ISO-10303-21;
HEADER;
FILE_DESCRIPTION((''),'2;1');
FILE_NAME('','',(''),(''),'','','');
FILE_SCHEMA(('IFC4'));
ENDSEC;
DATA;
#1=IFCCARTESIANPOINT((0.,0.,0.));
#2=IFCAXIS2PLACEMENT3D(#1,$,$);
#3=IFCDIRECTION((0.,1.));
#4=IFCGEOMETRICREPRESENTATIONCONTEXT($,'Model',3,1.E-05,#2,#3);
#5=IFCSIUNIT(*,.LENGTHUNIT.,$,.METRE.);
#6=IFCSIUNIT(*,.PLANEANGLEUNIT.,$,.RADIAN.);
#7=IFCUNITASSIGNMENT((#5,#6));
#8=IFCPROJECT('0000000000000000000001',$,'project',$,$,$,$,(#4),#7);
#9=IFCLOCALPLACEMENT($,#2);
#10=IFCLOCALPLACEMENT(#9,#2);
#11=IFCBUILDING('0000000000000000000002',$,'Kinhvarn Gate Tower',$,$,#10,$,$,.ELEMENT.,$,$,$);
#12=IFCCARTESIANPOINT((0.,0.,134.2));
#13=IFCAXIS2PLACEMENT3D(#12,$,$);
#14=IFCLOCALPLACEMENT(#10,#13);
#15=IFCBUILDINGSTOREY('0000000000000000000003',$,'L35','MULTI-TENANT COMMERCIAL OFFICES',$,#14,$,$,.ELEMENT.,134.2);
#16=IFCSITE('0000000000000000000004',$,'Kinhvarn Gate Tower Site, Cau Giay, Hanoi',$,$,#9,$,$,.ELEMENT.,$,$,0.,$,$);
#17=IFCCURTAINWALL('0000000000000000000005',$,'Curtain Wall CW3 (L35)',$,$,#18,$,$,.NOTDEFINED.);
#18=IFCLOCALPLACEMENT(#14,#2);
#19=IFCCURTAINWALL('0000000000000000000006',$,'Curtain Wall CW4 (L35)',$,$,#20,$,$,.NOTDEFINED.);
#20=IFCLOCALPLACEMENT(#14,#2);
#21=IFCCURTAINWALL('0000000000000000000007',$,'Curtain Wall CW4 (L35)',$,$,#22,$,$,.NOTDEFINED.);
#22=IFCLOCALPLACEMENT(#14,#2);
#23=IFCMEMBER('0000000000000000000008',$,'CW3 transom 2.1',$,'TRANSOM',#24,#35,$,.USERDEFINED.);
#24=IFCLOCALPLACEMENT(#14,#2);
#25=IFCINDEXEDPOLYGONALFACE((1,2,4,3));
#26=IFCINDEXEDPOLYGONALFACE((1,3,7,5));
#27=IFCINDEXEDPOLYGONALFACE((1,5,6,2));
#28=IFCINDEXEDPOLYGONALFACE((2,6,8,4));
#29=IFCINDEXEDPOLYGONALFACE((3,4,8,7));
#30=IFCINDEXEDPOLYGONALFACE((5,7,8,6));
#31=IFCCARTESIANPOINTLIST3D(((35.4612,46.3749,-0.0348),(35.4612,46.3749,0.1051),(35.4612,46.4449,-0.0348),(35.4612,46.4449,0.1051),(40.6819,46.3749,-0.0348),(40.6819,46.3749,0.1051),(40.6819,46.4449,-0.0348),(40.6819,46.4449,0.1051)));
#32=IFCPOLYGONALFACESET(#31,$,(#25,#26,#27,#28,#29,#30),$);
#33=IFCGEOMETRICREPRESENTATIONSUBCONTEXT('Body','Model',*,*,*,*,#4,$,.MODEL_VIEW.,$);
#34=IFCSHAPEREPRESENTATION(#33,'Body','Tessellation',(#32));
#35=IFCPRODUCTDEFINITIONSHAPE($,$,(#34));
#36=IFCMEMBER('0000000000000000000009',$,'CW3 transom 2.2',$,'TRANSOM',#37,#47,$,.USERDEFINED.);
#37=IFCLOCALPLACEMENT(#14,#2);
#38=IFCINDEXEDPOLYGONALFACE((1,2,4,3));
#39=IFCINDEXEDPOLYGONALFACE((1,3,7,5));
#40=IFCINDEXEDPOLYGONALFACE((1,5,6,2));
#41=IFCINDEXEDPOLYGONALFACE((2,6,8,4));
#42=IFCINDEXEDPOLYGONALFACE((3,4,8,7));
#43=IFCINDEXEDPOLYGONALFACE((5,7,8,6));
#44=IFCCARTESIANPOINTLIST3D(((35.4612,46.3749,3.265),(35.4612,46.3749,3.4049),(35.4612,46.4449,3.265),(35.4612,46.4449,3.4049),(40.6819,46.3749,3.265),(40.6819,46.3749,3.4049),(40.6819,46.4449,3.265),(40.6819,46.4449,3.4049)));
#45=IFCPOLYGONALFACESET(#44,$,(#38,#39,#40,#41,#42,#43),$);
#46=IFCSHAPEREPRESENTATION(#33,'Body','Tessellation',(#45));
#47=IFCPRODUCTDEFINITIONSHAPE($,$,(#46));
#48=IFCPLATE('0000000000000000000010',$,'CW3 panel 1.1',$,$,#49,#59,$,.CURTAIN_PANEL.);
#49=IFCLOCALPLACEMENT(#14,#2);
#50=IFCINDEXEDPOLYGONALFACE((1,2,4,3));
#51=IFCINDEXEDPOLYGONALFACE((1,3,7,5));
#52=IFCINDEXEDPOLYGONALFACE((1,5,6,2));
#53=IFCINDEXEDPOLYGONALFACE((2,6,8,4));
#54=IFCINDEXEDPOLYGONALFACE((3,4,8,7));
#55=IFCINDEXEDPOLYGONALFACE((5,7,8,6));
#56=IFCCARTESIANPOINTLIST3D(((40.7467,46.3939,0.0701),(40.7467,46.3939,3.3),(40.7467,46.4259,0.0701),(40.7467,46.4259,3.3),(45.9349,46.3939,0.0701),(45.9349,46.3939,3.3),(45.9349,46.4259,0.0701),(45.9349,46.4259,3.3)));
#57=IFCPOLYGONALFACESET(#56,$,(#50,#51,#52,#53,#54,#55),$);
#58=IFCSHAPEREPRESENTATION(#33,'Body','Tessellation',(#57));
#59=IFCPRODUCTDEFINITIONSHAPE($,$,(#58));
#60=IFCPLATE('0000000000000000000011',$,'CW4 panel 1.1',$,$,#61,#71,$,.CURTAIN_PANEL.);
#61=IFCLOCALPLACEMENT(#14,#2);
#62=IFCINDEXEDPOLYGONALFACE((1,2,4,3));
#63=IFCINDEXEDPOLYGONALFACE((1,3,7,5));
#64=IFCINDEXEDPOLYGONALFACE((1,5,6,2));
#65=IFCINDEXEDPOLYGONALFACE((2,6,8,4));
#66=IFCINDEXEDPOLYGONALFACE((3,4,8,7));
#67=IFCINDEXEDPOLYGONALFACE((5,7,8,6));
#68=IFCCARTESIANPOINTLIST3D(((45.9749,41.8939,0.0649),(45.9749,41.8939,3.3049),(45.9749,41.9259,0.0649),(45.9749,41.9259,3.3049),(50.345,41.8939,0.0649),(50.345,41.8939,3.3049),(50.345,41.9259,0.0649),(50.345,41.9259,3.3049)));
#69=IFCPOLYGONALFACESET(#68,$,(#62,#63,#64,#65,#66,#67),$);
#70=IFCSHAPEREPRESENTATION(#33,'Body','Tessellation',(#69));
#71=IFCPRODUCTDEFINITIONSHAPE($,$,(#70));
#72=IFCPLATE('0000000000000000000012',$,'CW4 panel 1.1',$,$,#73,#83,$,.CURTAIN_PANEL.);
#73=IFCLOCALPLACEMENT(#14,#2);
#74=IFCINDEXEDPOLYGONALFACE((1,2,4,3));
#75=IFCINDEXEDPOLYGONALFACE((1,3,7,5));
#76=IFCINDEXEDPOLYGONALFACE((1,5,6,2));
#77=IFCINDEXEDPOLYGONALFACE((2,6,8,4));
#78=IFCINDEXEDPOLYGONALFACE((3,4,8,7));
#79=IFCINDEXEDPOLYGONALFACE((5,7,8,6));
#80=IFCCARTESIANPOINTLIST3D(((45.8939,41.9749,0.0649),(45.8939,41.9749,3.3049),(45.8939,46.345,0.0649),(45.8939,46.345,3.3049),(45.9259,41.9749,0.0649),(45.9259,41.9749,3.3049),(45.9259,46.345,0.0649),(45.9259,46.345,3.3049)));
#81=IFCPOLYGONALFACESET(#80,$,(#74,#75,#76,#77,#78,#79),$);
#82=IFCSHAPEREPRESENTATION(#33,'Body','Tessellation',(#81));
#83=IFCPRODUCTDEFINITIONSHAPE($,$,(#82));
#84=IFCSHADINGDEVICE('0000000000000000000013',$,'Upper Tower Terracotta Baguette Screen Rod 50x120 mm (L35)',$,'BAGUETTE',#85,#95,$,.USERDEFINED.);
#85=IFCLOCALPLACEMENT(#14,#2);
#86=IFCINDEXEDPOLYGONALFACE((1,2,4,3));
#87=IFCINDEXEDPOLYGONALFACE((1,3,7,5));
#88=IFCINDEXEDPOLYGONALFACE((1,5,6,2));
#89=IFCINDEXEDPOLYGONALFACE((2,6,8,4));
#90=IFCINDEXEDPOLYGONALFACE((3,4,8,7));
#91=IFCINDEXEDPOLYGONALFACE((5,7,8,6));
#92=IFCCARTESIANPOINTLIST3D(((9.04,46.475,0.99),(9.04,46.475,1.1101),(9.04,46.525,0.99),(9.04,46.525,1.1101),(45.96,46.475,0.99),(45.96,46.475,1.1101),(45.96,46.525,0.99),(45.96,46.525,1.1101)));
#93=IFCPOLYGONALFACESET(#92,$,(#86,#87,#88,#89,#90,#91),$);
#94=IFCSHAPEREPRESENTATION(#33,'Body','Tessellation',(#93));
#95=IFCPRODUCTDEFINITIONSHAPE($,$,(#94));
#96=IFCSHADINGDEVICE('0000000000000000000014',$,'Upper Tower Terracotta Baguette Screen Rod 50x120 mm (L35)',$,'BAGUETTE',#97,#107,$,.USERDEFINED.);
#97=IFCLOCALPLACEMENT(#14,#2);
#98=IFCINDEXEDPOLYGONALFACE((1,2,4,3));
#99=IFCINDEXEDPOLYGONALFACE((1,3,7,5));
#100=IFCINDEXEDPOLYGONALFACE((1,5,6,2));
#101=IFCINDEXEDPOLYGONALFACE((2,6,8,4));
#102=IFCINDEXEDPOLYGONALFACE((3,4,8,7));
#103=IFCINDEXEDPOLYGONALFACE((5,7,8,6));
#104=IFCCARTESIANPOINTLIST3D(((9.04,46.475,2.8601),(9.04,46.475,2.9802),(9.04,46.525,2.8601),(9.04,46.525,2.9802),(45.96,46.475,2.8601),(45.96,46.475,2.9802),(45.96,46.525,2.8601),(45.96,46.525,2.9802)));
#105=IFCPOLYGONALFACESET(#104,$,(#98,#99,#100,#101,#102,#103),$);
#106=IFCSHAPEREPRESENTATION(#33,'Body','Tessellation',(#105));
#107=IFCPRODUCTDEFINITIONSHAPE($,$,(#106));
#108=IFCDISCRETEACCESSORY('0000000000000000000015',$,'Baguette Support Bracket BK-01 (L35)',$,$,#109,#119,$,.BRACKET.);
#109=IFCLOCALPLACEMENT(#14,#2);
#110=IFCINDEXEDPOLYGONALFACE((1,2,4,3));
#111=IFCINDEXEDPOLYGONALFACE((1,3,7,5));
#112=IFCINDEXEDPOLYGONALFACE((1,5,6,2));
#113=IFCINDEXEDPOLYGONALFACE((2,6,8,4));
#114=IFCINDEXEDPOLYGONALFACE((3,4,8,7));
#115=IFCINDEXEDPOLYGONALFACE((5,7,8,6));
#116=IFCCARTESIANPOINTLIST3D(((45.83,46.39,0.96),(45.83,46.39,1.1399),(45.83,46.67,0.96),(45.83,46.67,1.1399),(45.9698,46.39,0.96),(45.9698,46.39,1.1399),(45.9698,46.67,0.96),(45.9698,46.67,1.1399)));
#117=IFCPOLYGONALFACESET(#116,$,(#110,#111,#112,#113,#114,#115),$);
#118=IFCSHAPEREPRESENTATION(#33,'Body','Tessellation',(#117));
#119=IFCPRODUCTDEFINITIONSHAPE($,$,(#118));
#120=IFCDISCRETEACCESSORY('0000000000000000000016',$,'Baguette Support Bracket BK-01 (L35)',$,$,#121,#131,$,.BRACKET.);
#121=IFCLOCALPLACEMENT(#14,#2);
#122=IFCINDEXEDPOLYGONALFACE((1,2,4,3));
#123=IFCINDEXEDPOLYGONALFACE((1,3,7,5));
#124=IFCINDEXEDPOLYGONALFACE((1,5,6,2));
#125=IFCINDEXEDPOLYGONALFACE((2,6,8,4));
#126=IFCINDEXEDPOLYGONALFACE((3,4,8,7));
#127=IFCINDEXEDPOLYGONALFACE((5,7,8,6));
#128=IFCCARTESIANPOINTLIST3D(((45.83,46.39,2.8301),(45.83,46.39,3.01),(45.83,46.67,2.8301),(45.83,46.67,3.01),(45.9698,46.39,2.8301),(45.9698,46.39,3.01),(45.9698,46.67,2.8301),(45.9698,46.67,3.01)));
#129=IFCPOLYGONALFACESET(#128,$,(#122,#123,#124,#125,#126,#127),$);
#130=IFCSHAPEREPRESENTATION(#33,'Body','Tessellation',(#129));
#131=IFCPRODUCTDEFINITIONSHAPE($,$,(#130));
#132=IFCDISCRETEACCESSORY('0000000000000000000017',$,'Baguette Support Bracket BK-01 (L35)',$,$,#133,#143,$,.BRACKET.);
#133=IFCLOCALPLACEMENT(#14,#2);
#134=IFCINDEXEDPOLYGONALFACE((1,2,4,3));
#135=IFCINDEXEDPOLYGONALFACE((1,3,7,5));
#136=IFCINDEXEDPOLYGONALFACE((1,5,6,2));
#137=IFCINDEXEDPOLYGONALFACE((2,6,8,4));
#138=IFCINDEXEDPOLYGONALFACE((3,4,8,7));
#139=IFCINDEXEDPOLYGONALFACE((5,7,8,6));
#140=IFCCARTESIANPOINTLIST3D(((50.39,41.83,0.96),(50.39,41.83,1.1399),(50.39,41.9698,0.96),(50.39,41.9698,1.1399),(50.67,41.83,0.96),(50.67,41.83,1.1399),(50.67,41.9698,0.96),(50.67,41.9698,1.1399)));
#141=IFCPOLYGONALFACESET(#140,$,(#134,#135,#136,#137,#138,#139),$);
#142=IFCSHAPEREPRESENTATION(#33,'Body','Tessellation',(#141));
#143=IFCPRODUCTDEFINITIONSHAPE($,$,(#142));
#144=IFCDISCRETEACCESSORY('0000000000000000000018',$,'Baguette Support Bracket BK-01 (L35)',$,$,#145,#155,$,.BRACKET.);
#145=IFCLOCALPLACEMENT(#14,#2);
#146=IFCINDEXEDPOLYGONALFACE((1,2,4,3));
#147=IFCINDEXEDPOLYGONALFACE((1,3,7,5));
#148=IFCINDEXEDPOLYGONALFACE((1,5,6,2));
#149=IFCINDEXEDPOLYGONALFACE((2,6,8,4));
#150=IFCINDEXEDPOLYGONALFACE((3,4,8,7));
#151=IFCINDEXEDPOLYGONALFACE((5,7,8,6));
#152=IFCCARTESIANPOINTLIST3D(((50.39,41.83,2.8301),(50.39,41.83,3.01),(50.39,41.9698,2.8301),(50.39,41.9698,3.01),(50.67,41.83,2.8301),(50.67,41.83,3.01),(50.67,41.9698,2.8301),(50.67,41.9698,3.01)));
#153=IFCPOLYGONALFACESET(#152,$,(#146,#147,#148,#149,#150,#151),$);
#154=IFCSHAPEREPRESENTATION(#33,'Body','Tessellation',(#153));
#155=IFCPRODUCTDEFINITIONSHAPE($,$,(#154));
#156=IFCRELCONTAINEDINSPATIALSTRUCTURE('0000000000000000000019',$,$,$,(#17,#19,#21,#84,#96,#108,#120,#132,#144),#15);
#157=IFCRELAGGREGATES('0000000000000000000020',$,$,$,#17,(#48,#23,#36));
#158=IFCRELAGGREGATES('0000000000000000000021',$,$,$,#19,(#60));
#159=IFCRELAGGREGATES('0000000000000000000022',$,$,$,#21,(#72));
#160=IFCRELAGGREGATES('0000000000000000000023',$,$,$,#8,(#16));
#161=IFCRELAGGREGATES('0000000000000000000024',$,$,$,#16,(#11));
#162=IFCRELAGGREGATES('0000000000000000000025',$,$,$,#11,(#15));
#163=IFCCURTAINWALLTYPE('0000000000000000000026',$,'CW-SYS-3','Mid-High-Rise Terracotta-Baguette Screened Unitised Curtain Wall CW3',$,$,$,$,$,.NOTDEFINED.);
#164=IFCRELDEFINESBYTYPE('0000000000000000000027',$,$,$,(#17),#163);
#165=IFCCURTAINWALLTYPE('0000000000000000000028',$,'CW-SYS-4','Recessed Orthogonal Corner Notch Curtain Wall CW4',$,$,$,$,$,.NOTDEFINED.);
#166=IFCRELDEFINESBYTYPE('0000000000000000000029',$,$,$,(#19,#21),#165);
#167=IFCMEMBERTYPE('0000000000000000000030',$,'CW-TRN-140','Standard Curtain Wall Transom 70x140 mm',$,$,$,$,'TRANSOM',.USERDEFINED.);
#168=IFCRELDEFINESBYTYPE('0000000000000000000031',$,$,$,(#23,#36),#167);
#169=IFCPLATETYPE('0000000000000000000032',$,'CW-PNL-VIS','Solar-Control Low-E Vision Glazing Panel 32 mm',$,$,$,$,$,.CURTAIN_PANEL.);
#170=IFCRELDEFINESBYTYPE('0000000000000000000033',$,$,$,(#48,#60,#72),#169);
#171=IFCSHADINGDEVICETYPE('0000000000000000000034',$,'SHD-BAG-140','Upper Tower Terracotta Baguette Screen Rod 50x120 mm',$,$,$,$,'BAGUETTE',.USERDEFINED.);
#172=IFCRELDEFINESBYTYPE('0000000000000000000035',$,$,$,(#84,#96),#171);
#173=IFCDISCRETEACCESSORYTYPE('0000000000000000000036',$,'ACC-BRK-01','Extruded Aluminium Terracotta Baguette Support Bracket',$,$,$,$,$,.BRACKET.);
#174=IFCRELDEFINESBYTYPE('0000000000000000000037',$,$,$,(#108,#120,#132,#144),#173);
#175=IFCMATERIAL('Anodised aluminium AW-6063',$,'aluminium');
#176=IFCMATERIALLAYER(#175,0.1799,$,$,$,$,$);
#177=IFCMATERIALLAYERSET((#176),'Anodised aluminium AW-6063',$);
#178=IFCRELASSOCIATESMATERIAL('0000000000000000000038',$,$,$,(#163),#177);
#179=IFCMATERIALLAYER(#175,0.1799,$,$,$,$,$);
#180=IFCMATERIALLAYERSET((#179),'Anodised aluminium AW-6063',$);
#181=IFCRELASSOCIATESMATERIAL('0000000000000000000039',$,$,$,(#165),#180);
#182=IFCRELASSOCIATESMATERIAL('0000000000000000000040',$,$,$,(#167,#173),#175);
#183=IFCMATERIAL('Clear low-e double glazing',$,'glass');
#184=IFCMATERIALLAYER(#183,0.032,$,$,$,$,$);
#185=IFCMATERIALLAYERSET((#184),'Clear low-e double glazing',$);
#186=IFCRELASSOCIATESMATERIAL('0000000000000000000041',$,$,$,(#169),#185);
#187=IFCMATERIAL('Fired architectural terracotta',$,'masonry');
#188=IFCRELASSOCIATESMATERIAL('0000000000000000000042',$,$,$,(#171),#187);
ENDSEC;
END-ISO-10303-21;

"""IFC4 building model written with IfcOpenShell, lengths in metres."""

from ifc_helpers import new_model, si_unit, direction, frame, origin, origin_2d, place, context, subcontext, project, spatial, rectangle, extrude, material, layer, layer_set, material_profile, profile_set, type_object, element, aggregate, save


model = new_model("IFC4")

# Units and contexts
model_context = context("Model", 3, precision=1e-05, world=origin(), true_north=direction((0.0, 1.0)))
body_context = subcontext(model_context, "Body", "Model", "MODEL_VIEW")
ifc_project = project(units=[si_unit("LENGTHUNIT", "METRE"), si_unit("PLANEANGLEUNIT", "RADIAN")], contexts=[model_context])

# Site, building, storey
site_placement = place(None, origin())
site = spatial("IfcSite", under=ifc_project, at=site_placement, Name="Kinhvarn Gate Tower Site, Cau Giay, Hanoi", CompositionType="ELEMENT", RefElevation=0.0)
building_placement = place(site_placement, origin())
building = spatial("IfcBuilding", under=site, at=building_placement, Name="Kinhvarn Gate Tower", CompositionType="ELEMENT")
storey_placement = place(building_placement, frame((0.0, 0.0, 134.2)))
storey = spatial("IfcBuildingStorey", under=building, at=storey_placement, Name="L35", Description="MULTI-TENANT COMMERCIAL OFFICES", CompositionType="ELEMENT", Elevation=134.2)

# Curtain wall
ifc_material_1 = material(Name="Anodised aluminium AW-6063", Category="aluminium")
ifc_layer_1 = layer(ifc_material_1, 0.1799)
ifc_layer_set_1 = layer_set([ifc_layer_1], Name="Anodised aluminium AW-6063")
curtain_wall_type_1 = type_object("IfcCurtainWallType", Name="CW-SYS-3", Description="Mid-High-Rise Terracotta-Baguette Screened Unitised Curtain Wall CW3", PredefinedType="NOTDEFINED", material=ifc_layer_set_1)
curtain_wall_1_placement = place(storey_placement, origin())
curtain_wall_1 = element("IfcCurtainWall", 1, at=curtain_wall_1_placement, inside=storey, type_object=curtain_wall_type_1, Name="Curtain Wall CW3 (L35)", PredefinedType="NOTDEFINED")

# Curtain walls
ifc_layer_2 = layer(ifc_material_1, 0.1799)
ifc_layer_set_2 = layer_set([ifc_layer_2], Name="Anodised aluminium AW-6063")
curtain_wall_type_2 = type_object("IfcCurtainWallType", Name="CW-SYS-4", Description="Recessed Orthogonal Corner Notch Curtain Wall CW4", PredefinedType="NOTDEFINED", material=ifc_layer_set_2)
curtain_wall_2_placement = place(storey_placement, origin())
curtain_wall_2 = element("IfcCurtainWall", 2, at=curtain_wall_2_placement, inside=storey, type_object=curtain_wall_type_2, Name="Curtain Wall CW4 (L35)", PredefinedType="NOTDEFINED")
curtain_wall_3_placement = place(storey_placement, origin())
curtain_wall_3 = element("IfcCurtainWall", 3, at=curtain_wall_3_placement, inside=storey, type_object=curtain_wall_type_2, Name="Curtain Wall CW4 (L35)", PredefinedType="NOTDEFINED")

# Members
ifc_material_profile_1 = material_profile(ifc_material_1, rectangle(XDim=0.0701, YDim=0.1399, at=origin_2d()), Name="ALU 70x140")
ifc_profile_set_1 = profile_set([ifc_material_profile_1], Name="Anodised aluminium AW-6063")
member_type_1 = type_object("IfcMemberType", Name="CW-TRN-140", Description="Standard Curtain Wall Transom 70x140 mm", ElementType="TRANSOM", PredefinedType="USERDEFINED", material=ifc_profile_set_1)
member_1_placement = place(storey_placement, frame((40.6819, 46.4099, 0.0352), z_axis=(-1.0, 0.0, 0.0), x_axis=(0.0, -1.0, 0.0)))
member_1 = element("IfcMember", 4, at=member_1_placement, type_object=member_type_1, Name="CW3 transom 2.1", ObjectType="TRANSOM", PredefinedType="USERDEFINED", context=body_context, shape_type="SweptSolid", body=[
    extrude(rectangle(XDim=0.0701, YDim=0.1399, at=origin_2d()), origin(), (0.0, 0.0, 1.0), 5.2207),
])
member_2_placement = place(storey_placement, frame((40.6819, 46.4099, 3.335), z_axis=(-1.0, 0.0, 0.0), x_axis=(0.0, -1.0, 0.0)))
member_2 = element("IfcMember", 5, at=member_2_placement, type_object=member_type_1, Name="CW3 transom 2.2", ObjectType="TRANSOM", PredefinedType="USERDEFINED", context=body_context, shape_type="SweptSolid", body=[
    extrude(rectangle(XDim=0.0701, YDim=0.1399, at=origin_2d()), origin(), (0.0, 0.0, 1.0), 5.2207),
])

# Plates
ifc_material_2 = material(Name="Clear low-e double glazing", Category="glass")
ifc_layer_3 = layer(ifc_material_2, 0.032)
ifc_layer_set_3 = layer_set([ifc_layer_3], Name="Clear low-e double glazing")
plate_type = type_object("IfcPlateType", Name="CW-PNL-VIS", Description="Solar-Control Low-E Vision Glazing Panel 32 mm", PredefinedType="CURTAIN_PANEL", material=ifc_layer_set_3)
plate_1_placement = place(storey_placement, frame((43.3408, 46.4099, 0.0701), z_axis=(0.0, 0.0, 1.0), x_axis=(-1.0, 0.0, 0.0)))
plate_1 = element("IfcPlate", 6, at=plate_1_placement, type_object=plate_type, Name="CW3 panel 1.1", PredefinedType="CURTAIN_PANEL", context=body_context, shape_type="SweptSolid", body=[
    extrude(rectangle(XDim=5.1882, YDim=0.032, at=origin_2d()), origin(), (0.0, 0.0, 1.0), 3.23),
])
aggregate(curtain_wall_1, [plate_1, member_1, member_2])
plate_2_placement = place(storey_placement, frame((48.1599, 41.9099, 0.0649), z_axis=(0.0, 0.0, 1.0), x_axis=(-1.0, 0.0, 0.0)))
plate_2 = element("IfcPlate", 7, at=plate_2_placement, type_object=plate_type, Name="CW4 panel 1.1", PredefinedType="CURTAIN_PANEL", context=body_context, shape_type="SweptSolid", body=[
    extrude(rectangle(XDim=4.3701, YDim=0.032, at=origin_2d()), origin(), (0.0, 0.0, 1.0), 3.24),
])
aggregate(curtain_wall_2, [plate_2])
plate_3_placement = place(storey_placement, frame((45.9099, 44.1599, 0.0649), z_axis=(0.0, 0.0, 1.0), x_axis=(0.0, 1.0, 0.0)))
plate_3 = element("IfcPlate", 8, at=plate_3_placement, type_object=plate_type, Name="CW4 panel 1.1", PredefinedType="CURTAIN_PANEL", context=body_context, shape_type="SweptSolid", body=[
    extrude(rectangle(XDim=4.3701, YDim=0.032, at=origin_2d()), origin(), (0.0, 0.0, 1.0), 3.24),
])
aggregate(curtain_wall_3, [plate_3])

# Shading devices
ifc_material_3 = material(Name="Fired architectural terracotta", Category="masonry")
ifc_material_profile_2 = material_profile(ifc_material_3, rectangle(XDim=0.05, YDim=0.1201, at=origin_2d()), Name="TC 50x120")
ifc_profile_set_2 = profile_set([ifc_material_profile_2], Name="Fired architectural terracotta")
shading_device_type = type_object("IfcShadingDeviceType", Name="SHD-BAG-140", Description="Upper Tower Terracotta Baguette Screen Rod 50x120 mm", ElementType="BAGUETTE", PredefinedType="USERDEFINED", material=ifc_profile_set_2)
for number, where, z_axis, x_axis, name in (
    (9, (45.96, 46.5, 1.05), (-1.0, 0.0, 0.0), (0.0, -1.0, 0.0), "Upper Tower Terracotta Baguette Screen Rod 50x120 mm (L35)"),
    (10, (45.96, 46.5, 2.9202), (-1.0, 0.0, 0.0), (0.0, -1.0, 0.0), "Upper Tower Terracotta Baguette Screen Rod 50x120 mm (L35)"),
):
    element("IfcShadingDevice", number, at=place(storey_placement, frame(where, z_axis=z_axis, x_axis=x_axis)), inside=storey, type_object=shading_device_type, Name=name, ObjectType="BAGUETTE", PredefinedType="USERDEFINED", context=body_context, shape_type="SweptSolid", body=[
        extrude(rectangle(XDim=0.05, YDim=0.1201, at=origin_2d()), origin(), (0.0, 0.0, 1.0), 36.9199),
    ])

# Discrete accessories
discrete_accessory_type = type_object("IfcDiscreteAccessoryType", Name="ACC-BRK-01", Description="Extruded Aluminium Terracotta Baguette Support Bracket", PredefinedType="BRACKET", material=ifc_material_1)
for number, where, z_axis, x_axis, name in (
    (11, (45.8999, 46.53, 0.96), (0.0, 0.0, 1.0), (-1.0, 0.0, 0.0), "Baguette Support Bracket BK-01 (L35)"),
    (12, (45.8999, 46.53, 2.8301), (0.0, 0.0, 1.0), (-1.0, 0.0, 0.0), "Baguette Support Bracket BK-01 (L35)"),
    (13, (50.53, 41.8999, 0.96), (0.0, 0.0, 1.0), (0.0, 1.0, 0.0), "Baguette Support Bracket BK-01 (L35)"),
    (14, (50.53, 41.8999, 2.8301), (0.0, 0.0, 1.0), (0.0, 1.0, 0.0), "Baguette Support Bracket BK-01 (L35)"),
):
    element("IfcDiscreteAccessory", number, at=place(storey_placement, frame(where, z_axis=z_axis, x_axis=x_axis)), inside=storey, type_object=discrete_accessory_type, Name=name, PredefinedType="BRACKET", context=body_context, shape_type="SweptSolid", body=[
        extrude(rectangle(XDim=0.1399, YDim=0.28, at=origin_2d()), origin(), (0.0, 0.0, 1.0), 0.1799),
    ])

save(model, "model.ifc")
